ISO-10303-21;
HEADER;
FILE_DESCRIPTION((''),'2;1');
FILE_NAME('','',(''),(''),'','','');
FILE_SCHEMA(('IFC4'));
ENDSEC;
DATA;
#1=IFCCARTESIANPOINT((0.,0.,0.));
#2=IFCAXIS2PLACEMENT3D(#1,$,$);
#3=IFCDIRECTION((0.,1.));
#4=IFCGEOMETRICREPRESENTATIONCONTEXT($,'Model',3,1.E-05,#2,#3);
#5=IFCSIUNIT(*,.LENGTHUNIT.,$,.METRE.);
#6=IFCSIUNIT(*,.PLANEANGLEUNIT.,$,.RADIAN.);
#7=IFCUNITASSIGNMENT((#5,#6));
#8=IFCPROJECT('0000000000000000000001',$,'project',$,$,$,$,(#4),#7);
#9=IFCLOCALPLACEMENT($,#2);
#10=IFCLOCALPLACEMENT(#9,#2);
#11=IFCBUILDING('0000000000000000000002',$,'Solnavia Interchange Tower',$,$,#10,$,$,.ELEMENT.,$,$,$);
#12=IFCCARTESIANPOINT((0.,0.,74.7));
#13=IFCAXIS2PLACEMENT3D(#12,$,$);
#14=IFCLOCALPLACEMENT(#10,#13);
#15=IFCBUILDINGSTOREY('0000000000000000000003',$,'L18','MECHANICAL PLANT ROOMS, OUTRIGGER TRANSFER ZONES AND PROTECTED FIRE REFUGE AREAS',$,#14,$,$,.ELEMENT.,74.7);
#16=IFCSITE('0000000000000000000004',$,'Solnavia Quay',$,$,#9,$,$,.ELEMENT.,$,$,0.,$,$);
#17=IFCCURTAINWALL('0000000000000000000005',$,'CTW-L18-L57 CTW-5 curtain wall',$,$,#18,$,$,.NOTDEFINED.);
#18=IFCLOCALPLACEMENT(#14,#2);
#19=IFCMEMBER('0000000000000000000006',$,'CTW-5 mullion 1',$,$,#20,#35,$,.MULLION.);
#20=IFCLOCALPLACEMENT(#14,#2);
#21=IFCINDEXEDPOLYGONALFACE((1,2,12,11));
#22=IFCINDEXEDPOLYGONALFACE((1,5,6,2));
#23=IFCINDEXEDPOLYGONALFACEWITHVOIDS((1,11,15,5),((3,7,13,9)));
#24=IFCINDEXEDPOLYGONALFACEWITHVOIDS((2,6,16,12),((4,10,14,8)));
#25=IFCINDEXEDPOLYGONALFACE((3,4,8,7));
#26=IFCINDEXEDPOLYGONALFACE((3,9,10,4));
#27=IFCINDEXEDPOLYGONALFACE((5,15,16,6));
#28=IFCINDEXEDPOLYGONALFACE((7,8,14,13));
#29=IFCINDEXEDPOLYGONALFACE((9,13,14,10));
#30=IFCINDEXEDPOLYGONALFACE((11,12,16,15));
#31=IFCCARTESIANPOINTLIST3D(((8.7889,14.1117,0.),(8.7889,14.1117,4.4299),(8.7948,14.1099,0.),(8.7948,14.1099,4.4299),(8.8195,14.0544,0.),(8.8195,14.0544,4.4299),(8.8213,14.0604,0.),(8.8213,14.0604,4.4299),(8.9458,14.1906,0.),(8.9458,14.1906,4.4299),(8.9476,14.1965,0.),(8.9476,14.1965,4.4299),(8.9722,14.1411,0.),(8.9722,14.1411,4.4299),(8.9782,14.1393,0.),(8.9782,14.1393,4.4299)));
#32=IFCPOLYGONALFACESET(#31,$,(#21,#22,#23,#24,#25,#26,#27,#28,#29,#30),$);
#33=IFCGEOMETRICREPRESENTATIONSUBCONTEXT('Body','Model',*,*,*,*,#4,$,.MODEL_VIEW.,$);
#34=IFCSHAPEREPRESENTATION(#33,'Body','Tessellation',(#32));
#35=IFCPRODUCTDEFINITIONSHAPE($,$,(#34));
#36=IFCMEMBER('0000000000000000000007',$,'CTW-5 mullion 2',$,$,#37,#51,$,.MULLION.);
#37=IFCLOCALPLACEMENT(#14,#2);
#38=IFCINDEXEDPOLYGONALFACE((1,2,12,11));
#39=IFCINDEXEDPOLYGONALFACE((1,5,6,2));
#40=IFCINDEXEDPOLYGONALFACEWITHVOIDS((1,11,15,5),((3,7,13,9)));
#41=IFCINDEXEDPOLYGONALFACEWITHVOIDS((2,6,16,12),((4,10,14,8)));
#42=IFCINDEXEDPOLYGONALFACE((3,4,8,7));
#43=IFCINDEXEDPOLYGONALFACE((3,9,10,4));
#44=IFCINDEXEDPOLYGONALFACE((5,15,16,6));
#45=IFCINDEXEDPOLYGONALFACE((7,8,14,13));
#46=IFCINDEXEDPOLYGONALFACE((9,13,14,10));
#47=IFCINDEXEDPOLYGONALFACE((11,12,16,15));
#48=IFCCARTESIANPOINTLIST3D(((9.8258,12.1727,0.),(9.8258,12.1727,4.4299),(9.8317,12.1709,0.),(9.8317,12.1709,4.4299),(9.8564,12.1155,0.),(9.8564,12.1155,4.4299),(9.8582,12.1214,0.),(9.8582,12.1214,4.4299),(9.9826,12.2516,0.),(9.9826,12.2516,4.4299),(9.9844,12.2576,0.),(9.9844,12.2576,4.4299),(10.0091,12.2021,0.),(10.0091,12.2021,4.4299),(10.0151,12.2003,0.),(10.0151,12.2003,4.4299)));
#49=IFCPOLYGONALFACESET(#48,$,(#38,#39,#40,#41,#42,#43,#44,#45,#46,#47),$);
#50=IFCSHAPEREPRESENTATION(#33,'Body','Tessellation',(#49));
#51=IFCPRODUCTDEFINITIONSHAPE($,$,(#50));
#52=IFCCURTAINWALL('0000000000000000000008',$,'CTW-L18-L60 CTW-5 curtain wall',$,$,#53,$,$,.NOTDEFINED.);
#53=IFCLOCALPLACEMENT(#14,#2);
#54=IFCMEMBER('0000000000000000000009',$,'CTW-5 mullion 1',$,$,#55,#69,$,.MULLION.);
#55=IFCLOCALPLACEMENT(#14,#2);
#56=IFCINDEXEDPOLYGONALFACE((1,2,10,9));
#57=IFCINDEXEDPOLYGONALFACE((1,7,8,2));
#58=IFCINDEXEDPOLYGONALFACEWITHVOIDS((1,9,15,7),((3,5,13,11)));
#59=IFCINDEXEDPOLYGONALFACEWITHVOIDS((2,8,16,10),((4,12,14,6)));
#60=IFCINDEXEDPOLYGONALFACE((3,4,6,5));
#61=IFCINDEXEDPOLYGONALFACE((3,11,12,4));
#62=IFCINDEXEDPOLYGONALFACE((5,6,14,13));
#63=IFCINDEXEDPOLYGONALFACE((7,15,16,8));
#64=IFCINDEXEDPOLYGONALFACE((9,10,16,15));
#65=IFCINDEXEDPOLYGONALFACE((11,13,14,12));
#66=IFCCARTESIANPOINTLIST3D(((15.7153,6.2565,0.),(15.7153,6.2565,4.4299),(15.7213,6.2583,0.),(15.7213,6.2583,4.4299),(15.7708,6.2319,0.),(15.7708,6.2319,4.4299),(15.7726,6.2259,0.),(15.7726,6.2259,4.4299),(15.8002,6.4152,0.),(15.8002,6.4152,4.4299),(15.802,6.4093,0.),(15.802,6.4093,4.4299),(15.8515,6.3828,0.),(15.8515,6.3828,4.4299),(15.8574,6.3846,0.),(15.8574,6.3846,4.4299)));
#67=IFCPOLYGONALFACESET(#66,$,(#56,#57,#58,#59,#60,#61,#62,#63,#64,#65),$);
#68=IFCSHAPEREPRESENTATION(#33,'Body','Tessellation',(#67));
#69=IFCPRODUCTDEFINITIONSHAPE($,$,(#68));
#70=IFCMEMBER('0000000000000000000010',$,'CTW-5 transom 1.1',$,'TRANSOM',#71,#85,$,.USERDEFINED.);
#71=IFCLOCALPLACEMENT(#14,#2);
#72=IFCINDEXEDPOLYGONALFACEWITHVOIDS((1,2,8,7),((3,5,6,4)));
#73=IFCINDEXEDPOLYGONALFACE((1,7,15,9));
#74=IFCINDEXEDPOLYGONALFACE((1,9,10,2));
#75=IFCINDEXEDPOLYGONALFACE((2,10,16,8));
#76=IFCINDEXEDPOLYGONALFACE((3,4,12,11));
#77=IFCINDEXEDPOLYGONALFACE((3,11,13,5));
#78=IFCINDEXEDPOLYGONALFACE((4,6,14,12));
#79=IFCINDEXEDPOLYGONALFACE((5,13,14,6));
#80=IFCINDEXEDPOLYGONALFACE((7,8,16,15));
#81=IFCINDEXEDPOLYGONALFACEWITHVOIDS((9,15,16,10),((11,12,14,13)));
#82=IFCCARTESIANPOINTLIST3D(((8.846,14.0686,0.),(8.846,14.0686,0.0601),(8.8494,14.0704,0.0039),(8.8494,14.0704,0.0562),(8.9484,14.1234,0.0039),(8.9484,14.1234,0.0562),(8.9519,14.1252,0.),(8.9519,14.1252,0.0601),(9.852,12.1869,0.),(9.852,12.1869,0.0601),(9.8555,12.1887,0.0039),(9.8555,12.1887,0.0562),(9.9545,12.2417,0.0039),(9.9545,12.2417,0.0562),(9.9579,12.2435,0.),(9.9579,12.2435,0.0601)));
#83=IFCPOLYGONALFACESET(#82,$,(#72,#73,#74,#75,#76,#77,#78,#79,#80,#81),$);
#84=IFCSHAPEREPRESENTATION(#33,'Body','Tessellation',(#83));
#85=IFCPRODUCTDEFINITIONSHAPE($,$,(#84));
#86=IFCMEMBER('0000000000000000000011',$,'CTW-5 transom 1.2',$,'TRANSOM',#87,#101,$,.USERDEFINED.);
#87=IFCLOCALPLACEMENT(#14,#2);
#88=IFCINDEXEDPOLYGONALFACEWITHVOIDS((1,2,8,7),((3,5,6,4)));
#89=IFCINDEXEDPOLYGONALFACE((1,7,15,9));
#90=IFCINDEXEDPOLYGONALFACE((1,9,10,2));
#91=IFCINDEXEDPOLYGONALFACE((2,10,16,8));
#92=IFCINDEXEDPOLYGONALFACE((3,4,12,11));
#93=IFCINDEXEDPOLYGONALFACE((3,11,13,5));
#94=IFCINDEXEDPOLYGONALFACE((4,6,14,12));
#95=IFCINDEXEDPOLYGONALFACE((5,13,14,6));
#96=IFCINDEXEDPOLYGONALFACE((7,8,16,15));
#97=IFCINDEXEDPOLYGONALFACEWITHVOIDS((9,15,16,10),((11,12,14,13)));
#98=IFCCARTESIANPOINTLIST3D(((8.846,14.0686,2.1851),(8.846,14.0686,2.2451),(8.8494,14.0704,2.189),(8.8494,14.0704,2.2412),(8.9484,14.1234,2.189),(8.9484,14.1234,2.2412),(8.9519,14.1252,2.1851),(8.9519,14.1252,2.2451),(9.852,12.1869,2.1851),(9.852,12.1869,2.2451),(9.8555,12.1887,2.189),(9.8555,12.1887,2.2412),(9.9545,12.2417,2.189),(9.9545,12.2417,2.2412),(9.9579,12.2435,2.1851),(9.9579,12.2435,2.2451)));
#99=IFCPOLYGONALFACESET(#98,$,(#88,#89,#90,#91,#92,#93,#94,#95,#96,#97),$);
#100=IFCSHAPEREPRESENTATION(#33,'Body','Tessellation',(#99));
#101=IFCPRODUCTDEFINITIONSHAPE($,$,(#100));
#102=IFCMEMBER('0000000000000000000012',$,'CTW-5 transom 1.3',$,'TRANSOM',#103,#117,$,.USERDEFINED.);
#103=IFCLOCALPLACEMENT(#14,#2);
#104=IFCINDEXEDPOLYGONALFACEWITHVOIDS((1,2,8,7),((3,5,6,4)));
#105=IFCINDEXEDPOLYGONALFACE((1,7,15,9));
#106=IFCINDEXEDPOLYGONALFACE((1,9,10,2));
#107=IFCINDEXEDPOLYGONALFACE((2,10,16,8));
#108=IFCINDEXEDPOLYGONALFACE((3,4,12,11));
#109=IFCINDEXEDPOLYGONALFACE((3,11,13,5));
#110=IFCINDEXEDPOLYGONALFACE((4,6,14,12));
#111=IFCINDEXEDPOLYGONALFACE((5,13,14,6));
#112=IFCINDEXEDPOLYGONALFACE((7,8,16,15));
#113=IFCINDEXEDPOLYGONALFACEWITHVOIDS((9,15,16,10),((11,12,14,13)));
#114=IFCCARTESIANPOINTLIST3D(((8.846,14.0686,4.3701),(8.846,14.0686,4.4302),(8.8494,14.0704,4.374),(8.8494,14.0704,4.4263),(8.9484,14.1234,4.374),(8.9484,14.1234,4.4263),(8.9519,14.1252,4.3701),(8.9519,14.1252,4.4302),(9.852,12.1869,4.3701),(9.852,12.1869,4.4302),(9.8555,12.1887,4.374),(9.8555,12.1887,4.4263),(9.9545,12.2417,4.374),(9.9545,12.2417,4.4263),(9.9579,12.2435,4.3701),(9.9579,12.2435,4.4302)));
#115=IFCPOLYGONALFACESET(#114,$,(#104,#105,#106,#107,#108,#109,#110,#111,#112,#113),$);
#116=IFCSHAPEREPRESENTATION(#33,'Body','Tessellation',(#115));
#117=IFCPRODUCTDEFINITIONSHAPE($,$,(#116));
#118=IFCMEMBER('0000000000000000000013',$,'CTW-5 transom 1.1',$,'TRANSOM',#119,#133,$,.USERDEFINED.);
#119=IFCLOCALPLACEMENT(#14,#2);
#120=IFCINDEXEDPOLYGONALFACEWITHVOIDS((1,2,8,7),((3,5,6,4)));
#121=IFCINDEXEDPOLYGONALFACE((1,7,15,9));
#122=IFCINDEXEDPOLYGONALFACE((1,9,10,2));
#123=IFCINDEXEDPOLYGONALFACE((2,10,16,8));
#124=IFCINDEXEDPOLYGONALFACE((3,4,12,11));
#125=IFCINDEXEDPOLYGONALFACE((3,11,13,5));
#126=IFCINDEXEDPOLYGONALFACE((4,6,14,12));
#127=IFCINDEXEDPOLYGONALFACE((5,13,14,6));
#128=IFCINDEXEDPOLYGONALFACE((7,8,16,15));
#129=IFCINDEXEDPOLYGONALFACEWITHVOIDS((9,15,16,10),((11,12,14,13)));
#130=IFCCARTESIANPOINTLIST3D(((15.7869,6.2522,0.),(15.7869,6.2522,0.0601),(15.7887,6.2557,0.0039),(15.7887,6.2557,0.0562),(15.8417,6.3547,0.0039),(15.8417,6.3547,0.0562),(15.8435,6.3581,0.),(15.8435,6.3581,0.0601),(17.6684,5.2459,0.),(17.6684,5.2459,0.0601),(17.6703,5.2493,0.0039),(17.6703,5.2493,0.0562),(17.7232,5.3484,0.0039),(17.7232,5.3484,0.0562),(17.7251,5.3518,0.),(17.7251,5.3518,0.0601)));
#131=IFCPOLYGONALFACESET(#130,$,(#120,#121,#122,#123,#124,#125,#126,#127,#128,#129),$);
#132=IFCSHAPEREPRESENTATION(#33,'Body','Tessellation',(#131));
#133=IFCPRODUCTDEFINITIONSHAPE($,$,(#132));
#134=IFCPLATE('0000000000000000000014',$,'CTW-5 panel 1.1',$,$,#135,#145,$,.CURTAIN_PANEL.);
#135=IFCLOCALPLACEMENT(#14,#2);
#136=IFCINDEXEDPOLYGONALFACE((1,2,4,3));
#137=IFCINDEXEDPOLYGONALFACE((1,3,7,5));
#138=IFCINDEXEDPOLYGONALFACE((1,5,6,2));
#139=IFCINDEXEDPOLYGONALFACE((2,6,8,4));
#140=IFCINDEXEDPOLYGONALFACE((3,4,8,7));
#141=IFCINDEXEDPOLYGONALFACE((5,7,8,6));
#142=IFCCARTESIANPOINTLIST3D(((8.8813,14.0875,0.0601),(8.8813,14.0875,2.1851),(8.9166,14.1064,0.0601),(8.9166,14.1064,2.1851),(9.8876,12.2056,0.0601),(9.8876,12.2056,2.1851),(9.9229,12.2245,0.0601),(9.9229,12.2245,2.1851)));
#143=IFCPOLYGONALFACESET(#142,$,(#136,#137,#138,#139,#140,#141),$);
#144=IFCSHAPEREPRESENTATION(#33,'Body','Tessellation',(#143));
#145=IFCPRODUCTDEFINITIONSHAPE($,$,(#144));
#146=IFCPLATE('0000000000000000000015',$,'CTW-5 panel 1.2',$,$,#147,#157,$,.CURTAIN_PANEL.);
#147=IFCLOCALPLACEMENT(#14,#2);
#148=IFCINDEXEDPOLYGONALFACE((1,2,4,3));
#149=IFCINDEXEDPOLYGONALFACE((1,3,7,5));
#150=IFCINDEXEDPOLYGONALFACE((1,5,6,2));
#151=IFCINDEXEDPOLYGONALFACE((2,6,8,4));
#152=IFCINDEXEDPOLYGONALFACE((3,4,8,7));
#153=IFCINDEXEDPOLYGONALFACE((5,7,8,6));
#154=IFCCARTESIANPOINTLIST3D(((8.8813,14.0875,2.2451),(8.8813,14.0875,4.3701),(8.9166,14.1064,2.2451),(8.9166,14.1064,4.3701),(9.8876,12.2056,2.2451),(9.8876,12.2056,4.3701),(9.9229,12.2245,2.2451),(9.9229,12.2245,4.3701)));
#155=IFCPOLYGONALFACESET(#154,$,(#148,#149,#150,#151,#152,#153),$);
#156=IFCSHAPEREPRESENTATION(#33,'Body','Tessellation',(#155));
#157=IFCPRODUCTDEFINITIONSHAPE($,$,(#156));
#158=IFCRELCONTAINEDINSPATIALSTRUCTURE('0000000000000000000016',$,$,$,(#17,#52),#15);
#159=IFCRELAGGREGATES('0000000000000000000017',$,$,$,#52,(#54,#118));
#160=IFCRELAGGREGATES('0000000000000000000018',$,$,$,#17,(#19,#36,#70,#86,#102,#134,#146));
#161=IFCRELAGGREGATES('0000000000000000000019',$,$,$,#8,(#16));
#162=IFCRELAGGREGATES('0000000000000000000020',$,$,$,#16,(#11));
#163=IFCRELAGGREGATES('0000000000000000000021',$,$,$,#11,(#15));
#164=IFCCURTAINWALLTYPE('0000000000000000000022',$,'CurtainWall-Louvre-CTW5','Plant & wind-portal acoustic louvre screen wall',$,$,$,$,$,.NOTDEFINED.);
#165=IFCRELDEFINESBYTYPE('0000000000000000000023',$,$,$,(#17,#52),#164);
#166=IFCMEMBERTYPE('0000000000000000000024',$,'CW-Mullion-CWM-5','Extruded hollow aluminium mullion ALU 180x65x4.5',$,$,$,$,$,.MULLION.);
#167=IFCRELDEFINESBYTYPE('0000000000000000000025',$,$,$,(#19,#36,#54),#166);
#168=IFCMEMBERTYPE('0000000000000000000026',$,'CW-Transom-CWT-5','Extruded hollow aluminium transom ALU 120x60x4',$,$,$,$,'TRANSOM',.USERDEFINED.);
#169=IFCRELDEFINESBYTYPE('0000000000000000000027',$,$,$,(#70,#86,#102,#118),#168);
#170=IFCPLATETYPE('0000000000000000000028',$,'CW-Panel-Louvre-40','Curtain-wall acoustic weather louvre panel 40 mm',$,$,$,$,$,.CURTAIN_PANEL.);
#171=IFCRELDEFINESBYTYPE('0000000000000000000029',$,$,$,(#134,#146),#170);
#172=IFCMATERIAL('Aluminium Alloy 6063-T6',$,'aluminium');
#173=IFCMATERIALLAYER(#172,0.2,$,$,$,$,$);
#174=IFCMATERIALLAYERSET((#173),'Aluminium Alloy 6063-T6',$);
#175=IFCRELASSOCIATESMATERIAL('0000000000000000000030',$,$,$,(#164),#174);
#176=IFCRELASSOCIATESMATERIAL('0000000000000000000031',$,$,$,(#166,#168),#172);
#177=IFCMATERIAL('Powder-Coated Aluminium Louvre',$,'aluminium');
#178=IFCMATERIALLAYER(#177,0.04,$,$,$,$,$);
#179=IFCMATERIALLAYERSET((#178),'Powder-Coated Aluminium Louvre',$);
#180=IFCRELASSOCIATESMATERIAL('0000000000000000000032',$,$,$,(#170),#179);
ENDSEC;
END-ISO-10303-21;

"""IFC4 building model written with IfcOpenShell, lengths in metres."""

from ifc_helpers import new_model, si_unit, direction, frame, origin, origin_2d, place, context, subcontext, project, spatial, rectangle, hollow_rectangle, extrude, material, layer, layer_set, material_profile, profile_set, type_object, element, aggregate, save


model = new_model("IFC4")

# Units and contexts
model_context = context("Model", 3, precision=1e-05, world=origin(), true_north=direction((0.0, 1.0)))
body_context = subcontext(model_context, "Body", "Model", "MODEL_VIEW")
ifc_project = project(units=[si_unit("LENGTHUNIT", "METRE"), si_unit("PLANEANGLEUNIT", "RADIAN")], contexts=[model_context])

# Site, building, storey
site_placement = place(None, origin())
site = spatial("IfcSite", under=ifc_project, at=site_placement, Name="Solnavia Quay", CompositionType="ELEMENT", RefElevation=0.0)
building_placement = place(site_placement, origin())
building = spatial("IfcBuilding", under=site, at=building_placement, Name="Solnavia Interchange Tower", CompositionType="ELEMENT")
storey_placement = place(building_placement, frame((0.0, 0.0, 74.7)))
storey = spatial("IfcBuildingStorey", under=building, at=storey_placement, Name="L18", Description="MECHANICAL PLANT ROOMS, OUTRIGGER TRANSFER ZONES AND PROTECTED FIRE REFUGE AREAS", CompositionType="ELEMENT", Elevation=74.7)

# Curtain wall, members
ifc_material_1 = material(Name="Aluminium Alloy 6063-T6", Category="aluminium")
ifc_layer_1 = layer(ifc_material_1, 0.2)
ifc_layer_set_1 = layer_set([ifc_layer_1], Name="Aluminium Alloy 6063-T6")
curtain_wall_type = type_object("IfcCurtainWallType", Name="CurtainWall-Louvre-CTW5", Description="Plant & wind-portal acoustic louvre screen wall", PredefinedType="NOTDEFINED", material=ifc_layer_set_1)
curtain_wall_1_placement = place(storey_placement, origin())
curtain_wall_1 = element("IfcCurtainWall", 1, at=curtain_wall_1_placement, inside=storey, type_object=curtain_wall_type, Name="CTW-L18-L57 CTW-5 curtain wall", PredefinedType="NOTDEFINED")
ifc_material_profile_1 = material_profile(ifc_material_1, hollow_rectangle(XDim=0.0649, YDim=0.1799, WallThickness=0.0044, at=origin_2d()), Name="ALU 180x65x4.5")
ifc_profile_set_1 = profile_set([ifc_material_profile_1], Name="Aluminium Alloy 6063-T6")
member_type_1 = type_object("IfcMemberType", Name="CW-Mullion-CWM-5", Description="Extruded hollow aluminium mullion ALU 180x65x4.5", PredefinedType="MULLION", material=ifc_profile_set_1)
member_1_placement = place(storey_placement, frame((8.8835, 14.1255, 0.0), z_axis=(0.0, 0.0, 1.0), x_axis=(0.471569, -0.881829, 0.0)))
member_1 = element("IfcMember", 2, at=member_1_placement, type_object=member_type_1, Name="CTW-5 mullion 1", PredefinedType="MULLION", context=body_context, shape_type="SweptSolid", body=[
    extrude(hollow_rectangle(XDim=0.0649, YDim=0.1799, WallThickness=0.0044, at=origin_2d()), origin(), (0.0, 0.0, 1.0), 4.4299),
])
member_2_placement = place(storey_placement, frame((9.9204, 12.1865, 0.0), z_axis=(0.0, 0.0, 1.0), x_axis=(0.471569, -0.881829, 0.0)))
member_2 = element("IfcMember", 3, at=member_2_placement, type_object=member_type_1, Name="CTW-5 mullion 2", PredefinedType="MULLION", context=body_context, shape_type="SweptSolid", body=[
    extrude(hollow_rectangle(XDim=0.0649, YDim=0.1799, WallThickness=0.0044, at=origin_2d()), origin(), (0.0, 0.0, 1.0), 4.4299),
])

# Curtain wall, member
curtain_wall_2_placement = place(storey_placement, origin())
curtain_wall_2 = element("IfcCurtainWall", 4, at=curtain_wall_2_placement, inside=storey, type_object=curtain_wall_type, Name="CTW-L18-L60 CTW-5 curtain wall", PredefinedType="NOTDEFINED")
member_3_placement = place(storey_placement, frame((15.7864, 6.3206, 0.0), z_axis=(0.0, 0.0, 1.0), x_axis=(0.881829, -0.471569, 0.0)))
member_3 = element("IfcMember", 5, at=member_3_placement, type_object=member_type_1, Name="CTW-5 mullion 1", PredefinedType="MULLION", context=body_context, shape_type="SweptSolid", body=[
    extrude(hollow_rectangle(XDim=0.0649, YDim=0.1799, WallThickness=0.0044, at=origin_2d()), origin(), (0.0, 0.0, 1.0), 4.4299),
])

# Members
ifc_material_profile_2 = material_profile(ifc_material_1, hollow_rectangle(XDim=0.0601, YDim=0.1201, WallThickness=0.0039, at=origin_2d()), Name="ALU 120x60x4")
ifc_profile_set_2 = profile_set([ifc_material_profile_2], Name="Aluminium Alloy 6063-T6")
member_type_2 = type_object("IfcMemberType", Name="CW-Transom-CWT-5", Description="Extruded hollow aluminium transom ALU 120x60x4", ElementType="TRANSOM", PredefinedType="USERDEFINED", material=ifc_profile_set_2)
member_4_placement = place(storey_placement, frame((8.8989, 14.0969, 0.03), z_axis=(0.471485, -0.881874, 0.0), x_axis=(0.0, 0.0, 1.0)))
member_4 = element("IfcMember", 6, at=member_4_placement, type_object=member_type_2, Name="CTW-5 transom 1.1", ObjectType="TRANSOM", PredefinedType="USERDEFINED", context=body_context, shape_type="SweptSolid", body=[
    extrude(hollow_rectangle(XDim=0.0601, YDim=0.1201, WallThickness=0.0039, at=origin_2d()), origin(), (0.0, 0.0, 1.0), 2.1338),
])
member_5_placement = place(storey_placement, frame((8.8989, 14.0969, 2.2151), z_axis=(0.471485, -0.881874, 0.0), x_axis=(0.0, 0.0, 1.0)))
member_5 = element("IfcMember", 7, at=member_5_placement, type_object=member_type_2, Name="CTW-5 transom 1.2", ObjectType="TRANSOM", PredefinedType="USERDEFINED", context=body_context, shape_type="SweptSolid", body=[
    extrude(hollow_rectangle(XDim=0.0601, YDim=0.1201, WallThickness=0.0039, at=origin_2d()), origin(), (0.0, 0.0, 1.0), 2.1338),
])
member_6_placement = place(storey_placement, frame((8.8989, 14.0969, 4.4001), z_axis=(0.471485, -0.881874, 0.0), x_axis=(0.0, 0.0, 1.0)))
member_6 = element("IfcMember", 8, at=member_6_placement, type_object=member_type_2, Name="CTW-5 transom 1.3", ObjectType="TRANSOM", PredefinedType="USERDEFINED", context=body_context, shape_type="SweptSolid", body=[
    extrude(hollow_rectangle(XDim=0.0601, YDim=0.1201, WallThickness=0.0039, at=origin_2d()), origin(), (0.0, 0.0, 1.0), 2.1338),
])
member_7_placement = place(storey_placement, frame((15.8152, 6.3052, 0.03), z_axis=(0.881801, -0.471621, 0.0), x_axis=(0.0, 0.0, 1.0)))
member_7 = element("IfcMember", 9, at=member_7_placement, type_object=member_type_2, Name="CTW-5 transom 1.1", ObjectType="TRANSOM", PredefinedType="USERDEFINED", context=body_context, shape_type="SweptSolid", body=[
    extrude(hollow_rectangle(XDim=0.0601, YDim=0.1201, WallThickness=0.0039, at=origin_2d()), origin(), (0.0, 0.0, 1.0), 2.1338),
])
aggregate(curtain_wall_2, [member_3, member_7])

# Plates
ifc_material_2 = material(Name="Powder-Coated Aluminium Louvre", Category="aluminium")
ifc_layer_2 = layer(ifc_material_2, 0.04)
ifc_layer_set_2 = layer_set([ifc_layer_2], Name="Powder-Coated Aluminium Louvre")
plate_type = type_object("IfcPlateType", Name="CW-Panel-Louvre-40", Description="Curtain-wall acoustic weather louvre panel 40 mm", PredefinedType="CURTAIN_PANEL", material=ifc_layer_set_2)
plate_1_placement = place(storey_placement, frame((9.4021, 13.156, 0.0601), z_axis=(0.0, 0.0, 1.0), x_axis=(0.471569, -0.881829, 0.0)))
plate_1 = element("IfcPlate", 10, at=plate_1_placement, type_object=plate_type, Name="CTW-5 panel 1.1", PredefinedType="CURTAIN_PANEL", context=body_context, shape_type="SweptSolid", body=[
    extrude(rectangle(XDim=2.134, YDim=0.04, at=origin_2d()), origin(), (0.0, 0.0, 1.0), 2.125),
])
plate_2_placement = place(storey_placement, frame((9.4021, 13.156, 2.2451), z_axis=(0.0, 0.0, 1.0), x_axis=(0.471569, -0.881829, 0.0)))
plate_2 = element("IfcPlate", 11, at=plate_2_placement, type_object=plate_type, Name="CTW-5 panel 1.2", PredefinedType="CURTAIN_PANEL", context=body_context, shape_type="SweptSolid", body=[
    extrude(rectangle(XDim=2.134, YDim=0.04, at=origin_2d()), origin(), (0.0, 0.0, 1.0), 2.125),
])
aggregate(curtain_wall_1, [member_1, member_2, member_4, member_5, member_6, plate_1, plate_2])

save(model, "model.ifc")
